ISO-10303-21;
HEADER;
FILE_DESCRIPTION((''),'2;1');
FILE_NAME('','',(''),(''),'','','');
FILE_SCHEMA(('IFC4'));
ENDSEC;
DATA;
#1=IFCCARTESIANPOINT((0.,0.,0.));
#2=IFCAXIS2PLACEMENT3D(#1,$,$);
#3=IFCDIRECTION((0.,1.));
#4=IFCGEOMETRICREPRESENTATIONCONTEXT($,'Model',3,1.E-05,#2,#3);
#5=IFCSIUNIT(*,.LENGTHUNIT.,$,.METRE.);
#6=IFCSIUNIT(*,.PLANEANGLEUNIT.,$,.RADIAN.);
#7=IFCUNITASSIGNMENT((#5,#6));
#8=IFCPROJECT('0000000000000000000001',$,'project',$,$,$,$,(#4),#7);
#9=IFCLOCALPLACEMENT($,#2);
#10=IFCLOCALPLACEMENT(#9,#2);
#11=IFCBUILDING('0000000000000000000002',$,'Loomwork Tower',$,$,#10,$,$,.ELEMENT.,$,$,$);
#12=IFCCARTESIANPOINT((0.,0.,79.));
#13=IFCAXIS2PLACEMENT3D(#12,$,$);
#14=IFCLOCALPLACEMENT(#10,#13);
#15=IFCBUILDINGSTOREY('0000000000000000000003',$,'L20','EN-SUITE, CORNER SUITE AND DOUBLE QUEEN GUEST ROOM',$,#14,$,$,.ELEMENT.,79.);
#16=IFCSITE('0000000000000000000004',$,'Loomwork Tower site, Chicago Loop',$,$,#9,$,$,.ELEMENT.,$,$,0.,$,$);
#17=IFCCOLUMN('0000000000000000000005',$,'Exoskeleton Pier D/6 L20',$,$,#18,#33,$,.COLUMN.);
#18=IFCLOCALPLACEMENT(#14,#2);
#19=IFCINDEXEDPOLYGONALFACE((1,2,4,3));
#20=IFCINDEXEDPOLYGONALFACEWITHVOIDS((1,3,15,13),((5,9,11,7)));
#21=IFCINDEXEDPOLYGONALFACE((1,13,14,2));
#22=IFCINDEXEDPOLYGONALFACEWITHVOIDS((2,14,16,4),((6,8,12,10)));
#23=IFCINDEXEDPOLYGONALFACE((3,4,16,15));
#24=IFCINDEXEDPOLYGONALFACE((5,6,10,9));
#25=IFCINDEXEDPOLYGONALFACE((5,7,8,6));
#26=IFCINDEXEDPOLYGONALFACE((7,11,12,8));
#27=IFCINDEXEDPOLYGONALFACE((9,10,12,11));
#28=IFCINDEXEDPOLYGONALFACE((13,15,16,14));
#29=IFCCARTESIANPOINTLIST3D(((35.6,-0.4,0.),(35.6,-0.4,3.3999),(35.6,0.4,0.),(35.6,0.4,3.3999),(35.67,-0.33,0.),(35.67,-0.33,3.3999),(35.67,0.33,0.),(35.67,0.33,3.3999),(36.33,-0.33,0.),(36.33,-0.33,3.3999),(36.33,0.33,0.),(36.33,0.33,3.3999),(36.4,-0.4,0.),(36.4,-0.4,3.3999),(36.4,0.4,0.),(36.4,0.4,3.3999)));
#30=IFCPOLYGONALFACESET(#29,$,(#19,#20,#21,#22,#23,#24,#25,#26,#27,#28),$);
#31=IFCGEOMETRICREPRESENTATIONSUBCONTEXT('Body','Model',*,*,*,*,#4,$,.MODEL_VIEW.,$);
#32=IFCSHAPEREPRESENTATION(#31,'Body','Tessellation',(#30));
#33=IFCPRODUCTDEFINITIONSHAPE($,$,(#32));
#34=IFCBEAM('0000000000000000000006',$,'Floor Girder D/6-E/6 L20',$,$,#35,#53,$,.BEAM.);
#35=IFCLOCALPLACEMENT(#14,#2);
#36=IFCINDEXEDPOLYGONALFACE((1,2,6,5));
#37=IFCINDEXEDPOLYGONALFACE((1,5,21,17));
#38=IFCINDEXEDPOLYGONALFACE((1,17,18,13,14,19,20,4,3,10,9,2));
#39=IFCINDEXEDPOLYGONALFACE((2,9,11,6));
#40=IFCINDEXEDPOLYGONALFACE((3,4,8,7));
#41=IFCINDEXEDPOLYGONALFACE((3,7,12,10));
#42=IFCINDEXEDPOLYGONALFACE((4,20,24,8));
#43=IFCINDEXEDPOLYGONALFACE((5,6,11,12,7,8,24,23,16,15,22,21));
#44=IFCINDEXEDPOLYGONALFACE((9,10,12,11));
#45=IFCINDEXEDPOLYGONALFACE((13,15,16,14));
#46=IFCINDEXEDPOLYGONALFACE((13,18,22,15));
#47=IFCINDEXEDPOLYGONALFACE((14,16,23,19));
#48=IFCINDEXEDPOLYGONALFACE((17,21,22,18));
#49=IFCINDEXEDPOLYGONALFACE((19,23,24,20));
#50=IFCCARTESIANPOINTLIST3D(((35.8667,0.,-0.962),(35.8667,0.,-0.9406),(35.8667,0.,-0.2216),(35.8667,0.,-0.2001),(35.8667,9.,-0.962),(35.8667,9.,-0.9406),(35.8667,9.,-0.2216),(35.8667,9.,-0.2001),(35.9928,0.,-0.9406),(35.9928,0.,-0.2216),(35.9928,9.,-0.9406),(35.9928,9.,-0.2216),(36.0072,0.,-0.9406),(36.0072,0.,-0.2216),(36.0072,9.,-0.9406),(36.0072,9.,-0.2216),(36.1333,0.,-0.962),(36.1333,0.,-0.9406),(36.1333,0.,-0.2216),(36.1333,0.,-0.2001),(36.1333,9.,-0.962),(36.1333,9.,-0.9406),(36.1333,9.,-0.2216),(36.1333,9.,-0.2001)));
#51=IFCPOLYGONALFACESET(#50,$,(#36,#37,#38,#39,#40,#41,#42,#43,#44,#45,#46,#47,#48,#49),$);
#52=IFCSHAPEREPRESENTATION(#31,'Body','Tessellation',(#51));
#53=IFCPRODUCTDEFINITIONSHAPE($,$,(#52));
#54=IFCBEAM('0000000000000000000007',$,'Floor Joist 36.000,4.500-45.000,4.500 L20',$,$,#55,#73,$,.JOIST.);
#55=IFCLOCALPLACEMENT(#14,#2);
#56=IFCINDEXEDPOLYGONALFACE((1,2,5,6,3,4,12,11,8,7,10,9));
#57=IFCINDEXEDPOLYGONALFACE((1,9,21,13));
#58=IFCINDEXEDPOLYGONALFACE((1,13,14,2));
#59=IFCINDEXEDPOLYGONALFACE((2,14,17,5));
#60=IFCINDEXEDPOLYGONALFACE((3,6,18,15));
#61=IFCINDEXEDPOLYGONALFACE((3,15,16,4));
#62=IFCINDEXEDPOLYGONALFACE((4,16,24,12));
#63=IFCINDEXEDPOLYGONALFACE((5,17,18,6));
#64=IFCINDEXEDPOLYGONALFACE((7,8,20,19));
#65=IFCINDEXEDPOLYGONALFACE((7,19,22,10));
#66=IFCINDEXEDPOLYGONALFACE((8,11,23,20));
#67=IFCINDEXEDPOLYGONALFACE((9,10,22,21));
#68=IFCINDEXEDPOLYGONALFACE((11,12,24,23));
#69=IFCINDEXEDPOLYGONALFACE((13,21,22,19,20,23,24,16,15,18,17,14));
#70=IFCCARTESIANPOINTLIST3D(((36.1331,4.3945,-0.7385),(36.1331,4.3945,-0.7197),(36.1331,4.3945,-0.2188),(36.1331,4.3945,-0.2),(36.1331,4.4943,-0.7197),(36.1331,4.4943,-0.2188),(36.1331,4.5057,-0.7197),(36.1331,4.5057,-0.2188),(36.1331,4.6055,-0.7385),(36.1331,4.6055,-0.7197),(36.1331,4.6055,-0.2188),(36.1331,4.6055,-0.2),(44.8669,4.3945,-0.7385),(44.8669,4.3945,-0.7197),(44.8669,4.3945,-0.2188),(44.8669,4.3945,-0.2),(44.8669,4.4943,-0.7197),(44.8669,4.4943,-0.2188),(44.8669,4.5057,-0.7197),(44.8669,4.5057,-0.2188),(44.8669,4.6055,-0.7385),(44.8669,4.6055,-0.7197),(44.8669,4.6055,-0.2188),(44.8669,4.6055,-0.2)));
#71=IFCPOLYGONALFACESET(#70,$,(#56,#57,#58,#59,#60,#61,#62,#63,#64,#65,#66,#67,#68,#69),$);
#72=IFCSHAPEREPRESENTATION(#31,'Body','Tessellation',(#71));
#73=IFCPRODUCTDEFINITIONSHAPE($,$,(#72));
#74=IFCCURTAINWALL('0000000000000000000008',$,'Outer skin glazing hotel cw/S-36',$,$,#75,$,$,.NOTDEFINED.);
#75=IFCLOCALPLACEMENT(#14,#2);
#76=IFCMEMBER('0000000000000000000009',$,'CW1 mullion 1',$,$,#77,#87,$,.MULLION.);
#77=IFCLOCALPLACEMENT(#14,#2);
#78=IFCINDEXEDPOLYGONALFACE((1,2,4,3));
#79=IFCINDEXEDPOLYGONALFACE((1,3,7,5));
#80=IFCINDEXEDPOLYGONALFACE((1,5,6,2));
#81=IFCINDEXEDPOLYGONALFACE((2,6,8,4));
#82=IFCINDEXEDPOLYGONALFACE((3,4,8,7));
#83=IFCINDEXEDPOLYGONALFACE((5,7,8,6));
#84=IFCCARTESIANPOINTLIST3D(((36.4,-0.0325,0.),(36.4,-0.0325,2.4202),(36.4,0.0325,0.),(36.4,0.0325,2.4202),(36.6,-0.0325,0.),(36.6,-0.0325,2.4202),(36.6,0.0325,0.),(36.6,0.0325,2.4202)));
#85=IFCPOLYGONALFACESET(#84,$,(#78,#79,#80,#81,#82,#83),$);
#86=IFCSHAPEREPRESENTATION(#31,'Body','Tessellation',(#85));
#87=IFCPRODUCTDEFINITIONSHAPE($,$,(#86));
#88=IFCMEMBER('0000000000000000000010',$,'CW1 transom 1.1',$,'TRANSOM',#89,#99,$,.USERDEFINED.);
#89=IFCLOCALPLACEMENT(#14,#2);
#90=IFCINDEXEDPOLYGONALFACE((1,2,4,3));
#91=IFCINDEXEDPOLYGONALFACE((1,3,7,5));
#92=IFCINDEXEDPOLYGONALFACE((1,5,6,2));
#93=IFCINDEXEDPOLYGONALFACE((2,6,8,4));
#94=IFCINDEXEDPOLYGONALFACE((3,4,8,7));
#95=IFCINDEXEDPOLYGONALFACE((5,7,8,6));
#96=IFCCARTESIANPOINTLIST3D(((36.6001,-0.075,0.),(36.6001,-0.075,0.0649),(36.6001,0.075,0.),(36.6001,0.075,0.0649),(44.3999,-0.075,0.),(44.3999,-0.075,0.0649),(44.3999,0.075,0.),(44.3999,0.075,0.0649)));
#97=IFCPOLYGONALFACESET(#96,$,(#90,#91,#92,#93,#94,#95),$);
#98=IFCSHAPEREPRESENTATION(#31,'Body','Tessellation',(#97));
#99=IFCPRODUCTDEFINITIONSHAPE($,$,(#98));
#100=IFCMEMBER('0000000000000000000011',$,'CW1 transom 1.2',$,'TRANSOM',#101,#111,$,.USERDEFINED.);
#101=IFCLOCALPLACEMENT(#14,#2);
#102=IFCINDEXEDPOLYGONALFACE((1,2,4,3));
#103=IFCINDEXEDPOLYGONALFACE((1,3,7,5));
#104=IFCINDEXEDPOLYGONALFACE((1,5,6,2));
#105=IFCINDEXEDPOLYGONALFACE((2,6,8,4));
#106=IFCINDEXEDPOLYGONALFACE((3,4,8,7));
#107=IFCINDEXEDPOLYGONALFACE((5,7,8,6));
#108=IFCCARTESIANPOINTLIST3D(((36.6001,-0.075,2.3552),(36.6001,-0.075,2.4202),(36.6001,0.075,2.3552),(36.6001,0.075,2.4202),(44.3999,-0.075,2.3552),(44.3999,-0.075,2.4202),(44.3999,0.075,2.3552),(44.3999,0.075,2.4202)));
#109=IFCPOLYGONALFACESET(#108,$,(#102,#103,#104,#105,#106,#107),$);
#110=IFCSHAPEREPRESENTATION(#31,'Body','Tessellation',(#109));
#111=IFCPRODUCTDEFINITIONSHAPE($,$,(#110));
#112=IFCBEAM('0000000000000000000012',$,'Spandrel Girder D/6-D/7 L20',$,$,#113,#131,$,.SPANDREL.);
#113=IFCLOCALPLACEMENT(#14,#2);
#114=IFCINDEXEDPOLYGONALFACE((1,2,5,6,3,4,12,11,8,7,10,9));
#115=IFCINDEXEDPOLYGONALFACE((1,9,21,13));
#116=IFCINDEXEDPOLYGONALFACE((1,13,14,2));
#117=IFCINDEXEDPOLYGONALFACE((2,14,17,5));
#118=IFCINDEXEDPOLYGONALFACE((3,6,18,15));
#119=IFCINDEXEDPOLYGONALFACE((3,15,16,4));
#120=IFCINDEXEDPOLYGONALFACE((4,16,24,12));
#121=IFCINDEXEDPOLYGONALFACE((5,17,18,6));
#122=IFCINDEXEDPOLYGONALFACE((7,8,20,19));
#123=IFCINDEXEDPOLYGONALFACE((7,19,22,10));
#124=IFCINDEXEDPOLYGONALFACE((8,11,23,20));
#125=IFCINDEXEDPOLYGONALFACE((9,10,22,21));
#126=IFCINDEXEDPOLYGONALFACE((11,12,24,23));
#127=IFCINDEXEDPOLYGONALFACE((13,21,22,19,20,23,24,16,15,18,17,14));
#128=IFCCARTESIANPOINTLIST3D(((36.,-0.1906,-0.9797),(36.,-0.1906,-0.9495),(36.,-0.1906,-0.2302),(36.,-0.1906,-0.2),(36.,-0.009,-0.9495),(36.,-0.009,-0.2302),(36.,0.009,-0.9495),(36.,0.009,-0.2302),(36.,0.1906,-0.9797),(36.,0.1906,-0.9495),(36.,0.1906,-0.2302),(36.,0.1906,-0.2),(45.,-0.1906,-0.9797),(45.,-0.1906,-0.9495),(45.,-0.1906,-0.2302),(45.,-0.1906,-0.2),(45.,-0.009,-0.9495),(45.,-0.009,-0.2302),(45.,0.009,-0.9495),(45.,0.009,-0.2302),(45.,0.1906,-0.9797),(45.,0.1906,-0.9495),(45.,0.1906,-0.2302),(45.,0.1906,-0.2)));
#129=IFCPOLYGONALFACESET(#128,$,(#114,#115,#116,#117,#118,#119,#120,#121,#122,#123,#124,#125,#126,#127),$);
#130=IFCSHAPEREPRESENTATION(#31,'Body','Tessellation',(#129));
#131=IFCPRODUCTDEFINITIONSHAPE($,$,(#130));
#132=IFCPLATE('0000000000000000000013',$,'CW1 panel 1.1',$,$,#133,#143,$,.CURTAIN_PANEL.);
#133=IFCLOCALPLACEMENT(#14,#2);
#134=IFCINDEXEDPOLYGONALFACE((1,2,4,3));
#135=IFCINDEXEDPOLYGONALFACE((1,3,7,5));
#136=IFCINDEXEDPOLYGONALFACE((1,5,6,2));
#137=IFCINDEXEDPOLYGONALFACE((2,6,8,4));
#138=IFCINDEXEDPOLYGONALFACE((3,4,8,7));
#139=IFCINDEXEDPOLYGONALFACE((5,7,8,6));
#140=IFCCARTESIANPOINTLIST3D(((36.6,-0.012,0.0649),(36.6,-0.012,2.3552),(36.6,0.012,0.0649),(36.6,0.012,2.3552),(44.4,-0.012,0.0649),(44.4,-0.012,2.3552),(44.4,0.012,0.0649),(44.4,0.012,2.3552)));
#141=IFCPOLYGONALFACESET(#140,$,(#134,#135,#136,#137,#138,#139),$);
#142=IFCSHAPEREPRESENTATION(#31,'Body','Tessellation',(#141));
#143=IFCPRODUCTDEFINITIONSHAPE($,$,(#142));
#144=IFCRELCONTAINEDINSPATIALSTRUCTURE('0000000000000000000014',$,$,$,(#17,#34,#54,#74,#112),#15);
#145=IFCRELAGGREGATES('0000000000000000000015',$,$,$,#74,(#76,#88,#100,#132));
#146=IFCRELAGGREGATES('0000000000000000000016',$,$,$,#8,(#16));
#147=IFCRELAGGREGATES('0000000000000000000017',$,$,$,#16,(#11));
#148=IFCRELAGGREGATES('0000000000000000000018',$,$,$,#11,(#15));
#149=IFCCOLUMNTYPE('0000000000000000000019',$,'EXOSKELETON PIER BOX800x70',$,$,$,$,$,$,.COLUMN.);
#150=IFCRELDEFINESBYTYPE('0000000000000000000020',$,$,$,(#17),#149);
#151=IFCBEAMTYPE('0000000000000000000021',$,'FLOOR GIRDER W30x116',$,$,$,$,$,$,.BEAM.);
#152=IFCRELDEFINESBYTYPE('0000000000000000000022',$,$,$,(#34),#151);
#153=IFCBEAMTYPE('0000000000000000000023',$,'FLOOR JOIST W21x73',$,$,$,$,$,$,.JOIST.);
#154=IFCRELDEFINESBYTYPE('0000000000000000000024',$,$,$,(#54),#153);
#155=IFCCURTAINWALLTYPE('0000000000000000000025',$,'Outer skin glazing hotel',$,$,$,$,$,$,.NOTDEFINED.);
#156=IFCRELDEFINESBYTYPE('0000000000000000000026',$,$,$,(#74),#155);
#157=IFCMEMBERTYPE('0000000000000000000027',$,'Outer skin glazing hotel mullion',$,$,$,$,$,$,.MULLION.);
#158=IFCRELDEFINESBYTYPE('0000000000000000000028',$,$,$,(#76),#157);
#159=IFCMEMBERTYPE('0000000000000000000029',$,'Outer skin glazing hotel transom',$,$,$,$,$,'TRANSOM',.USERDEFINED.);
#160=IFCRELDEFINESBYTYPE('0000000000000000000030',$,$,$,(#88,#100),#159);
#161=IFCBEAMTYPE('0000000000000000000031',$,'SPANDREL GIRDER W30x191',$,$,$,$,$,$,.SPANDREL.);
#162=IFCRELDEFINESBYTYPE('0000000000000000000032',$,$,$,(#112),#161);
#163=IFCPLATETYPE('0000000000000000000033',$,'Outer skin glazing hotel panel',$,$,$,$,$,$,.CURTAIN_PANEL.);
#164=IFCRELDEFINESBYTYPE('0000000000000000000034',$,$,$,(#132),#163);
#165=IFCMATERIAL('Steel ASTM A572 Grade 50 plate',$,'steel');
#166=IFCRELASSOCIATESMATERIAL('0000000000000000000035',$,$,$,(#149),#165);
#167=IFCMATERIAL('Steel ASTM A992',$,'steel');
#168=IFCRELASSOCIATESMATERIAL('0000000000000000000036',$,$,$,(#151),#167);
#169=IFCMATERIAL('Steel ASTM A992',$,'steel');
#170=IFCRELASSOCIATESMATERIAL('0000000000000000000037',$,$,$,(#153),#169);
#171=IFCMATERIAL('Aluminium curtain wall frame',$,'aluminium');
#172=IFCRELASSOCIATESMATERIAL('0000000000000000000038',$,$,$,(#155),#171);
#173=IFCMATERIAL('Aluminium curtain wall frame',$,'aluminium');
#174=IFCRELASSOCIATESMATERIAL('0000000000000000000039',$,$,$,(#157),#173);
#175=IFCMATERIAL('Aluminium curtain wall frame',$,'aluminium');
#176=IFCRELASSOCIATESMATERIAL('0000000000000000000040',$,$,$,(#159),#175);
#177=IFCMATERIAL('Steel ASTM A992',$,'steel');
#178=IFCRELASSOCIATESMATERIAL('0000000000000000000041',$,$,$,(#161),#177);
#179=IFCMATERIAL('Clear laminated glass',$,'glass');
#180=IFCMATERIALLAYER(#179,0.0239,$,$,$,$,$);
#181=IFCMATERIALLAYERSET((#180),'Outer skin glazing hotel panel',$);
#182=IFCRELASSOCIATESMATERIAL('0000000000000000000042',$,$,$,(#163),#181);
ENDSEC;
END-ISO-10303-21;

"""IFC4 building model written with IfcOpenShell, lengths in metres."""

from ifc_helpers import new_model, si_unit, direction, frame, origin, origin_2d, place, context, subcontext, project, spatial, rectangle, hollow_rectangle, i_section, extrude, material, layer, layer_set, material_profile, profile_set, type_object, element, aggregate, save


model = new_model("IFC4")

# Units and contexts
model_context = context("Model", 3, precision=1e-05, world=origin(), true_north=direction((0.0, 1.0)))
body_context = subcontext(model_context, "Body", "Model", "MODEL_VIEW")
ifc_project = project(units=[si_unit("LENGTHUNIT", "METRE"), si_unit("PLANEANGLEUNIT", "RADIAN")], contexts=[model_context])

# Site, building, storey
site_placement = place(None, origin())
site = spatial("IfcSite", under=ifc_project, at=site_placement, Name="Loomwork Tower site, Chicago Loop", CompositionType="ELEMENT", RefElevation=0.0)
building_placement = place(site_placement, origin())
building = spatial("IfcBuilding", under=site, at=building_placement, Name="Loomwork Tower", CompositionType="ELEMENT")
storey_placement = place(building_placement, frame((0.0, 0.0, 79.0)))
storey = spatial("IfcBuildingStorey", under=building, at=storey_placement, Name="L20", Description="EN-SUITE, CORNER SUITE AND DOUBLE QUEEN GUEST ROOM", CompositionType="ELEMENT", Elevation=79.0)

# Column
ifc_material_1 = material(Name="Steel ASTM A572 Grade 50 plate", Category="steel")
ifc_material_profile_1 = material_profile(ifc_material_1, hollow_rectangle(XDim=0.8, YDim=0.8, WallThickness=0.0701, at=origin_2d()), Name="BOX800x70")
ifc_profile_set_1 = profile_set([ifc_material_profile_1], Name="Steel ASTM A572 Grade 50 plate")
column_type = type_object("IfcColumnType", Name="EXOSKELETON PIER BOX800x70", PredefinedType="COLUMN", material=ifc_profile_set_1)
column_placement = place(storey_placement, frame((36.0, 0.0, 0.0), z_axis=(0.0, 0.0, 1.0), x_axis=(1.0, 0.0, 0.0)))
element("IfcColumn", 1, at=column_placement, inside=storey, type_object=column_type, Name="Exoskeleton Pier D/6 L20", PredefinedType="COLUMN", context=body_context, shape_type="SweptSolid", body=[
    extrude(hollow_rectangle(XDim=0.8, YDim=0.8, WallThickness=0.0701, at=origin_2d()), origin(), (0.0, 0.0, 1.0), 3.3999),
])

# Beams
ifc_material_2 = material(Name="Steel ASTM A992", Category="steel")
ifc_material_profile_2 = material_profile(ifc_material_2, i_section(OverallWidth=0.2666, OverallDepth=0.762, WebThickness=0.0144, FlangeThickness=0.0215, at=origin_2d()), Name="W30x116")
ifc_profile_set_2 = profile_set([ifc_material_profile_2], Name="Steel ASTM A992")
beam_type_1 = type_object("IfcBeamType", Name="FLOOR GIRDER W30x116", PredefinedType="BEAM", material=ifc_profile_set_2)
beam_1_placement = place(storey_placement, frame((36.0, 0.0, -0.5811), z_axis=(0.0, 1.0, 0.0), x_axis=(-1.0, 0.0, 0.0)))
element("IfcBeam", 2, at=beam_1_placement, inside=storey, type_object=beam_type_1, Name="Floor Girder D/6-E/6 L20", PredefinedType="BEAM", context=body_context, shape_type="SweptSolid", body=[
    extrude(i_section(OverallWidth=0.2666, OverallDepth=0.762, WebThickness=0.0144, FlangeThickness=0.0215, at=origin_2d()), origin(), (0.0, 0.0, 1.0), 9.0),
])
ifc_material_3 = material(Name="Steel ASTM A992", Category="steel")
ifc_material_profile_3 = material_profile(ifc_material_3, i_section(OverallWidth=0.2109, OverallDepth=0.5386, WebThickness=0.0115, FlangeThickness=0.0188, at=origin_2d()), Name="W21x73")
ifc_profile_set_3 = profile_set([ifc_material_profile_3], Name="Steel ASTM A992")
beam_type_2 = type_object("IfcBeamType", Name="FLOOR JOIST W21x73", PredefinedType="JOIST", material=ifc_profile_set_3)
beam_2_placement = place(storey_placement, frame((36.1331, 4.5, -0.4692), z_axis=(1.0, 0.0, 0.0), x_axis=(0.0, 1.0, 0.0)))
element("IfcBeam", 3, at=beam_2_placement, inside=storey, type_object=beam_type_2, Name="Floor Joist 36.000,4.500-45.000,4.500 L20", PredefinedType="JOIST", context=body_context, shape_type="SweptSolid", body=[
    extrude(i_section(OverallWidth=0.2109, OverallDepth=0.5386, WebThickness=0.0115, FlangeThickness=0.0188, at=origin_2d()), origin(), (0.0, 0.0, 1.0), 8.7339),
])

# Curtain wall, members
ifc_material_4 = material(Name="Aluminium curtain wall frame", Category="aluminium")
curtain_wall_type = type_object("IfcCurtainWallType", Name="Outer skin glazing hotel", PredefinedType="NOTDEFINED", material=ifc_material_4)
curtain_wall_placement = place(storey_placement, origin())
curtain_wall = element("IfcCurtainWall", 4, at=curtain_wall_placement, inside=storey, type_object=curtain_wall_type, Name="Outer skin glazing hotel cw/S-36", PredefinedType="NOTDEFINED")
ifc_material_5 = material(Name="Aluminium curtain wall frame", Category="aluminium")
ifc_material_profile_4 = material_profile(ifc_material_5, rectangle(XDim=0.0649, YDim=0.2, at=origin_2d()), Name="AL 65x200")
ifc_profile_set_4 = profile_set([ifc_material_profile_4], Name="Aluminium curtain wall frame")
member_type_1 = type_object("IfcMemberType", Name="Outer skin glazing hotel mullion", PredefinedType="MULLION", material=ifc_profile_set_4)
member_1_placement = place(storey_placement, frame((36.5, 0.0, 0.0), z_axis=(0.0, 0.0, 1.0), x_axis=(0.0, 1.0, 0.0)))
member_1 = element("IfcMember", 5, at=member_1_placement, type_object=member_type_1, Name="CW1 mullion 1", PredefinedType="MULLION", context=body_context, shape_type="SweptSolid", body=[
    extrude(rectangle(XDim=0.0649, YDim=0.2, at=origin_2d()), origin(), (0.0, 0.0, 1.0), 2.4202),
])
ifc_material_6 = material(Name="Aluminium curtain wall frame", Category="aluminium")
ifc_material_profile_5 = material_profile(ifc_material_6, rectangle(XDim=0.1499, YDim=0.0649, at=origin_2d()), Name="AL 65x150")
ifc_profile_set_5 = profile_set([ifc_material_profile_5], Name="Aluminium curtain wall frame")
member_type_2 = type_object("IfcMemberType", Name="Outer skin glazing hotel transom", ElementType="TRANSOM", PredefinedType="USERDEFINED", material=ifc_profile_set_5)
member_2_placement = place(storey_placement, frame((36.6001, 0.0, 0.0325), z_axis=(1.0, 0.0, 0.0), x_axis=(0.0, 1.0, 0.0)))
member_2 = element("IfcMember", 6, at=member_2_placement, type_object=member_type_2, Name="CW1 transom 1.1", ObjectType="TRANSOM", PredefinedType="USERDEFINED", context=body_context, shape_type="SweptSolid", body=[
    extrude(rectangle(XDim=0.1499, YDim=0.0649, at=origin_2d()), origin(), (0.0, 0.0, 1.0), 7.7998),
])
member_3_placement = place(storey_placement, frame((36.6001, 0.0, 2.3877), z_axis=(1.0, 0.0, 0.0), x_axis=(0.0, 1.0, 0.0)))
member_3 = element("IfcMember", 7, at=member_3_placement, type_object=member_type_2, Name="CW1 transom 1.2", ObjectType="TRANSOM", PredefinedType="USERDEFINED", context=body_context, shape_type="SweptSolid", body=[
    extrude(rectangle(XDim=0.1499, YDim=0.0649, at=origin_2d()), origin(), (0.0, 0.0, 1.0), 7.7998),
])

# Beam
ifc_material_7 = material(Name="Steel ASTM A992", Category="steel")
ifc_material_profile_6 = material_profile(ifc_material_7, i_section(OverallWidth=0.3811, OverallDepth=0.7798, WebThickness=0.0181, FlangeThickness=0.0303, at=origin_2d()), Name="W30x191")
ifc_profile_set_6 = profile_set([ifc_material_profile_6], Name="Steel ASTM A992")
beam_type_3 = type_object("IfcBeamType", Name="SPANDREL GIRDER W30x191", PredefinedType="SPANDREL", material=ifc_profile_set_6)
beam_3_placement = place(storey_placement, frame((36.0, 0.0, -0.5898), z_axis=(1.0, 0.0, 0.0), x_axis=(0.0, 1.0, 0.0)))
element("IfcBeam", 8, at=beam_3_placement, inside=storey, type_object=beam_type_3, Name="Spandrel Girder D/6-D/7 L20", PredefinedType="SPANDREL", context=body_context, shape_type="SweptSolid", body=[
    extrude(i_section(OverallWidth=0.3811, OverallDepth=0.7798, WebThickness=0.0181, FlangeThickness=0.0303, at=origin_2d()), origin(), (0.0, 0.0, 1.0), 9.0),
])

# Plate
ifc_material_8 = material(Name="Clear laminated glass", Category="glass")
ifc_layer_1 = layer(ifc_material_8, 0.0239)
ifc_layer_set_1 = layer_set([ifc_layer_1], Name="Outer skin glazing hotel panel")
plate_type = type_object("IfcPlateType", Name="Outer skin glazing hotel panel", PredefinedType="CURTAIN_PANEL", material=ifc_layer_set_1)
plate_placement = place(storey_placement, frame((40.5, 0.0, 0.0649), z_axis=(0.0, 0.0, 1.0), x_axis=(1.0, 0.0, 0.0)))
plate = element("IfcPlate", 9, at=plate_placement, type_object=plate_type, Name="CW1 panel 1.1", PredefinedType="CURTAIN_PANEL", context=body_context, shape_type="SweptSolid", body=[
    extrude(rectangle(XDim=7.8, YDim=0.0239, at=origin_2d()), origin(), (0.0, 0.0, 1.0), 2.2903),
])
aggregate(curtain_wall, [member_1, member_2, member_3, plate])

save(model, "model.ifc")
